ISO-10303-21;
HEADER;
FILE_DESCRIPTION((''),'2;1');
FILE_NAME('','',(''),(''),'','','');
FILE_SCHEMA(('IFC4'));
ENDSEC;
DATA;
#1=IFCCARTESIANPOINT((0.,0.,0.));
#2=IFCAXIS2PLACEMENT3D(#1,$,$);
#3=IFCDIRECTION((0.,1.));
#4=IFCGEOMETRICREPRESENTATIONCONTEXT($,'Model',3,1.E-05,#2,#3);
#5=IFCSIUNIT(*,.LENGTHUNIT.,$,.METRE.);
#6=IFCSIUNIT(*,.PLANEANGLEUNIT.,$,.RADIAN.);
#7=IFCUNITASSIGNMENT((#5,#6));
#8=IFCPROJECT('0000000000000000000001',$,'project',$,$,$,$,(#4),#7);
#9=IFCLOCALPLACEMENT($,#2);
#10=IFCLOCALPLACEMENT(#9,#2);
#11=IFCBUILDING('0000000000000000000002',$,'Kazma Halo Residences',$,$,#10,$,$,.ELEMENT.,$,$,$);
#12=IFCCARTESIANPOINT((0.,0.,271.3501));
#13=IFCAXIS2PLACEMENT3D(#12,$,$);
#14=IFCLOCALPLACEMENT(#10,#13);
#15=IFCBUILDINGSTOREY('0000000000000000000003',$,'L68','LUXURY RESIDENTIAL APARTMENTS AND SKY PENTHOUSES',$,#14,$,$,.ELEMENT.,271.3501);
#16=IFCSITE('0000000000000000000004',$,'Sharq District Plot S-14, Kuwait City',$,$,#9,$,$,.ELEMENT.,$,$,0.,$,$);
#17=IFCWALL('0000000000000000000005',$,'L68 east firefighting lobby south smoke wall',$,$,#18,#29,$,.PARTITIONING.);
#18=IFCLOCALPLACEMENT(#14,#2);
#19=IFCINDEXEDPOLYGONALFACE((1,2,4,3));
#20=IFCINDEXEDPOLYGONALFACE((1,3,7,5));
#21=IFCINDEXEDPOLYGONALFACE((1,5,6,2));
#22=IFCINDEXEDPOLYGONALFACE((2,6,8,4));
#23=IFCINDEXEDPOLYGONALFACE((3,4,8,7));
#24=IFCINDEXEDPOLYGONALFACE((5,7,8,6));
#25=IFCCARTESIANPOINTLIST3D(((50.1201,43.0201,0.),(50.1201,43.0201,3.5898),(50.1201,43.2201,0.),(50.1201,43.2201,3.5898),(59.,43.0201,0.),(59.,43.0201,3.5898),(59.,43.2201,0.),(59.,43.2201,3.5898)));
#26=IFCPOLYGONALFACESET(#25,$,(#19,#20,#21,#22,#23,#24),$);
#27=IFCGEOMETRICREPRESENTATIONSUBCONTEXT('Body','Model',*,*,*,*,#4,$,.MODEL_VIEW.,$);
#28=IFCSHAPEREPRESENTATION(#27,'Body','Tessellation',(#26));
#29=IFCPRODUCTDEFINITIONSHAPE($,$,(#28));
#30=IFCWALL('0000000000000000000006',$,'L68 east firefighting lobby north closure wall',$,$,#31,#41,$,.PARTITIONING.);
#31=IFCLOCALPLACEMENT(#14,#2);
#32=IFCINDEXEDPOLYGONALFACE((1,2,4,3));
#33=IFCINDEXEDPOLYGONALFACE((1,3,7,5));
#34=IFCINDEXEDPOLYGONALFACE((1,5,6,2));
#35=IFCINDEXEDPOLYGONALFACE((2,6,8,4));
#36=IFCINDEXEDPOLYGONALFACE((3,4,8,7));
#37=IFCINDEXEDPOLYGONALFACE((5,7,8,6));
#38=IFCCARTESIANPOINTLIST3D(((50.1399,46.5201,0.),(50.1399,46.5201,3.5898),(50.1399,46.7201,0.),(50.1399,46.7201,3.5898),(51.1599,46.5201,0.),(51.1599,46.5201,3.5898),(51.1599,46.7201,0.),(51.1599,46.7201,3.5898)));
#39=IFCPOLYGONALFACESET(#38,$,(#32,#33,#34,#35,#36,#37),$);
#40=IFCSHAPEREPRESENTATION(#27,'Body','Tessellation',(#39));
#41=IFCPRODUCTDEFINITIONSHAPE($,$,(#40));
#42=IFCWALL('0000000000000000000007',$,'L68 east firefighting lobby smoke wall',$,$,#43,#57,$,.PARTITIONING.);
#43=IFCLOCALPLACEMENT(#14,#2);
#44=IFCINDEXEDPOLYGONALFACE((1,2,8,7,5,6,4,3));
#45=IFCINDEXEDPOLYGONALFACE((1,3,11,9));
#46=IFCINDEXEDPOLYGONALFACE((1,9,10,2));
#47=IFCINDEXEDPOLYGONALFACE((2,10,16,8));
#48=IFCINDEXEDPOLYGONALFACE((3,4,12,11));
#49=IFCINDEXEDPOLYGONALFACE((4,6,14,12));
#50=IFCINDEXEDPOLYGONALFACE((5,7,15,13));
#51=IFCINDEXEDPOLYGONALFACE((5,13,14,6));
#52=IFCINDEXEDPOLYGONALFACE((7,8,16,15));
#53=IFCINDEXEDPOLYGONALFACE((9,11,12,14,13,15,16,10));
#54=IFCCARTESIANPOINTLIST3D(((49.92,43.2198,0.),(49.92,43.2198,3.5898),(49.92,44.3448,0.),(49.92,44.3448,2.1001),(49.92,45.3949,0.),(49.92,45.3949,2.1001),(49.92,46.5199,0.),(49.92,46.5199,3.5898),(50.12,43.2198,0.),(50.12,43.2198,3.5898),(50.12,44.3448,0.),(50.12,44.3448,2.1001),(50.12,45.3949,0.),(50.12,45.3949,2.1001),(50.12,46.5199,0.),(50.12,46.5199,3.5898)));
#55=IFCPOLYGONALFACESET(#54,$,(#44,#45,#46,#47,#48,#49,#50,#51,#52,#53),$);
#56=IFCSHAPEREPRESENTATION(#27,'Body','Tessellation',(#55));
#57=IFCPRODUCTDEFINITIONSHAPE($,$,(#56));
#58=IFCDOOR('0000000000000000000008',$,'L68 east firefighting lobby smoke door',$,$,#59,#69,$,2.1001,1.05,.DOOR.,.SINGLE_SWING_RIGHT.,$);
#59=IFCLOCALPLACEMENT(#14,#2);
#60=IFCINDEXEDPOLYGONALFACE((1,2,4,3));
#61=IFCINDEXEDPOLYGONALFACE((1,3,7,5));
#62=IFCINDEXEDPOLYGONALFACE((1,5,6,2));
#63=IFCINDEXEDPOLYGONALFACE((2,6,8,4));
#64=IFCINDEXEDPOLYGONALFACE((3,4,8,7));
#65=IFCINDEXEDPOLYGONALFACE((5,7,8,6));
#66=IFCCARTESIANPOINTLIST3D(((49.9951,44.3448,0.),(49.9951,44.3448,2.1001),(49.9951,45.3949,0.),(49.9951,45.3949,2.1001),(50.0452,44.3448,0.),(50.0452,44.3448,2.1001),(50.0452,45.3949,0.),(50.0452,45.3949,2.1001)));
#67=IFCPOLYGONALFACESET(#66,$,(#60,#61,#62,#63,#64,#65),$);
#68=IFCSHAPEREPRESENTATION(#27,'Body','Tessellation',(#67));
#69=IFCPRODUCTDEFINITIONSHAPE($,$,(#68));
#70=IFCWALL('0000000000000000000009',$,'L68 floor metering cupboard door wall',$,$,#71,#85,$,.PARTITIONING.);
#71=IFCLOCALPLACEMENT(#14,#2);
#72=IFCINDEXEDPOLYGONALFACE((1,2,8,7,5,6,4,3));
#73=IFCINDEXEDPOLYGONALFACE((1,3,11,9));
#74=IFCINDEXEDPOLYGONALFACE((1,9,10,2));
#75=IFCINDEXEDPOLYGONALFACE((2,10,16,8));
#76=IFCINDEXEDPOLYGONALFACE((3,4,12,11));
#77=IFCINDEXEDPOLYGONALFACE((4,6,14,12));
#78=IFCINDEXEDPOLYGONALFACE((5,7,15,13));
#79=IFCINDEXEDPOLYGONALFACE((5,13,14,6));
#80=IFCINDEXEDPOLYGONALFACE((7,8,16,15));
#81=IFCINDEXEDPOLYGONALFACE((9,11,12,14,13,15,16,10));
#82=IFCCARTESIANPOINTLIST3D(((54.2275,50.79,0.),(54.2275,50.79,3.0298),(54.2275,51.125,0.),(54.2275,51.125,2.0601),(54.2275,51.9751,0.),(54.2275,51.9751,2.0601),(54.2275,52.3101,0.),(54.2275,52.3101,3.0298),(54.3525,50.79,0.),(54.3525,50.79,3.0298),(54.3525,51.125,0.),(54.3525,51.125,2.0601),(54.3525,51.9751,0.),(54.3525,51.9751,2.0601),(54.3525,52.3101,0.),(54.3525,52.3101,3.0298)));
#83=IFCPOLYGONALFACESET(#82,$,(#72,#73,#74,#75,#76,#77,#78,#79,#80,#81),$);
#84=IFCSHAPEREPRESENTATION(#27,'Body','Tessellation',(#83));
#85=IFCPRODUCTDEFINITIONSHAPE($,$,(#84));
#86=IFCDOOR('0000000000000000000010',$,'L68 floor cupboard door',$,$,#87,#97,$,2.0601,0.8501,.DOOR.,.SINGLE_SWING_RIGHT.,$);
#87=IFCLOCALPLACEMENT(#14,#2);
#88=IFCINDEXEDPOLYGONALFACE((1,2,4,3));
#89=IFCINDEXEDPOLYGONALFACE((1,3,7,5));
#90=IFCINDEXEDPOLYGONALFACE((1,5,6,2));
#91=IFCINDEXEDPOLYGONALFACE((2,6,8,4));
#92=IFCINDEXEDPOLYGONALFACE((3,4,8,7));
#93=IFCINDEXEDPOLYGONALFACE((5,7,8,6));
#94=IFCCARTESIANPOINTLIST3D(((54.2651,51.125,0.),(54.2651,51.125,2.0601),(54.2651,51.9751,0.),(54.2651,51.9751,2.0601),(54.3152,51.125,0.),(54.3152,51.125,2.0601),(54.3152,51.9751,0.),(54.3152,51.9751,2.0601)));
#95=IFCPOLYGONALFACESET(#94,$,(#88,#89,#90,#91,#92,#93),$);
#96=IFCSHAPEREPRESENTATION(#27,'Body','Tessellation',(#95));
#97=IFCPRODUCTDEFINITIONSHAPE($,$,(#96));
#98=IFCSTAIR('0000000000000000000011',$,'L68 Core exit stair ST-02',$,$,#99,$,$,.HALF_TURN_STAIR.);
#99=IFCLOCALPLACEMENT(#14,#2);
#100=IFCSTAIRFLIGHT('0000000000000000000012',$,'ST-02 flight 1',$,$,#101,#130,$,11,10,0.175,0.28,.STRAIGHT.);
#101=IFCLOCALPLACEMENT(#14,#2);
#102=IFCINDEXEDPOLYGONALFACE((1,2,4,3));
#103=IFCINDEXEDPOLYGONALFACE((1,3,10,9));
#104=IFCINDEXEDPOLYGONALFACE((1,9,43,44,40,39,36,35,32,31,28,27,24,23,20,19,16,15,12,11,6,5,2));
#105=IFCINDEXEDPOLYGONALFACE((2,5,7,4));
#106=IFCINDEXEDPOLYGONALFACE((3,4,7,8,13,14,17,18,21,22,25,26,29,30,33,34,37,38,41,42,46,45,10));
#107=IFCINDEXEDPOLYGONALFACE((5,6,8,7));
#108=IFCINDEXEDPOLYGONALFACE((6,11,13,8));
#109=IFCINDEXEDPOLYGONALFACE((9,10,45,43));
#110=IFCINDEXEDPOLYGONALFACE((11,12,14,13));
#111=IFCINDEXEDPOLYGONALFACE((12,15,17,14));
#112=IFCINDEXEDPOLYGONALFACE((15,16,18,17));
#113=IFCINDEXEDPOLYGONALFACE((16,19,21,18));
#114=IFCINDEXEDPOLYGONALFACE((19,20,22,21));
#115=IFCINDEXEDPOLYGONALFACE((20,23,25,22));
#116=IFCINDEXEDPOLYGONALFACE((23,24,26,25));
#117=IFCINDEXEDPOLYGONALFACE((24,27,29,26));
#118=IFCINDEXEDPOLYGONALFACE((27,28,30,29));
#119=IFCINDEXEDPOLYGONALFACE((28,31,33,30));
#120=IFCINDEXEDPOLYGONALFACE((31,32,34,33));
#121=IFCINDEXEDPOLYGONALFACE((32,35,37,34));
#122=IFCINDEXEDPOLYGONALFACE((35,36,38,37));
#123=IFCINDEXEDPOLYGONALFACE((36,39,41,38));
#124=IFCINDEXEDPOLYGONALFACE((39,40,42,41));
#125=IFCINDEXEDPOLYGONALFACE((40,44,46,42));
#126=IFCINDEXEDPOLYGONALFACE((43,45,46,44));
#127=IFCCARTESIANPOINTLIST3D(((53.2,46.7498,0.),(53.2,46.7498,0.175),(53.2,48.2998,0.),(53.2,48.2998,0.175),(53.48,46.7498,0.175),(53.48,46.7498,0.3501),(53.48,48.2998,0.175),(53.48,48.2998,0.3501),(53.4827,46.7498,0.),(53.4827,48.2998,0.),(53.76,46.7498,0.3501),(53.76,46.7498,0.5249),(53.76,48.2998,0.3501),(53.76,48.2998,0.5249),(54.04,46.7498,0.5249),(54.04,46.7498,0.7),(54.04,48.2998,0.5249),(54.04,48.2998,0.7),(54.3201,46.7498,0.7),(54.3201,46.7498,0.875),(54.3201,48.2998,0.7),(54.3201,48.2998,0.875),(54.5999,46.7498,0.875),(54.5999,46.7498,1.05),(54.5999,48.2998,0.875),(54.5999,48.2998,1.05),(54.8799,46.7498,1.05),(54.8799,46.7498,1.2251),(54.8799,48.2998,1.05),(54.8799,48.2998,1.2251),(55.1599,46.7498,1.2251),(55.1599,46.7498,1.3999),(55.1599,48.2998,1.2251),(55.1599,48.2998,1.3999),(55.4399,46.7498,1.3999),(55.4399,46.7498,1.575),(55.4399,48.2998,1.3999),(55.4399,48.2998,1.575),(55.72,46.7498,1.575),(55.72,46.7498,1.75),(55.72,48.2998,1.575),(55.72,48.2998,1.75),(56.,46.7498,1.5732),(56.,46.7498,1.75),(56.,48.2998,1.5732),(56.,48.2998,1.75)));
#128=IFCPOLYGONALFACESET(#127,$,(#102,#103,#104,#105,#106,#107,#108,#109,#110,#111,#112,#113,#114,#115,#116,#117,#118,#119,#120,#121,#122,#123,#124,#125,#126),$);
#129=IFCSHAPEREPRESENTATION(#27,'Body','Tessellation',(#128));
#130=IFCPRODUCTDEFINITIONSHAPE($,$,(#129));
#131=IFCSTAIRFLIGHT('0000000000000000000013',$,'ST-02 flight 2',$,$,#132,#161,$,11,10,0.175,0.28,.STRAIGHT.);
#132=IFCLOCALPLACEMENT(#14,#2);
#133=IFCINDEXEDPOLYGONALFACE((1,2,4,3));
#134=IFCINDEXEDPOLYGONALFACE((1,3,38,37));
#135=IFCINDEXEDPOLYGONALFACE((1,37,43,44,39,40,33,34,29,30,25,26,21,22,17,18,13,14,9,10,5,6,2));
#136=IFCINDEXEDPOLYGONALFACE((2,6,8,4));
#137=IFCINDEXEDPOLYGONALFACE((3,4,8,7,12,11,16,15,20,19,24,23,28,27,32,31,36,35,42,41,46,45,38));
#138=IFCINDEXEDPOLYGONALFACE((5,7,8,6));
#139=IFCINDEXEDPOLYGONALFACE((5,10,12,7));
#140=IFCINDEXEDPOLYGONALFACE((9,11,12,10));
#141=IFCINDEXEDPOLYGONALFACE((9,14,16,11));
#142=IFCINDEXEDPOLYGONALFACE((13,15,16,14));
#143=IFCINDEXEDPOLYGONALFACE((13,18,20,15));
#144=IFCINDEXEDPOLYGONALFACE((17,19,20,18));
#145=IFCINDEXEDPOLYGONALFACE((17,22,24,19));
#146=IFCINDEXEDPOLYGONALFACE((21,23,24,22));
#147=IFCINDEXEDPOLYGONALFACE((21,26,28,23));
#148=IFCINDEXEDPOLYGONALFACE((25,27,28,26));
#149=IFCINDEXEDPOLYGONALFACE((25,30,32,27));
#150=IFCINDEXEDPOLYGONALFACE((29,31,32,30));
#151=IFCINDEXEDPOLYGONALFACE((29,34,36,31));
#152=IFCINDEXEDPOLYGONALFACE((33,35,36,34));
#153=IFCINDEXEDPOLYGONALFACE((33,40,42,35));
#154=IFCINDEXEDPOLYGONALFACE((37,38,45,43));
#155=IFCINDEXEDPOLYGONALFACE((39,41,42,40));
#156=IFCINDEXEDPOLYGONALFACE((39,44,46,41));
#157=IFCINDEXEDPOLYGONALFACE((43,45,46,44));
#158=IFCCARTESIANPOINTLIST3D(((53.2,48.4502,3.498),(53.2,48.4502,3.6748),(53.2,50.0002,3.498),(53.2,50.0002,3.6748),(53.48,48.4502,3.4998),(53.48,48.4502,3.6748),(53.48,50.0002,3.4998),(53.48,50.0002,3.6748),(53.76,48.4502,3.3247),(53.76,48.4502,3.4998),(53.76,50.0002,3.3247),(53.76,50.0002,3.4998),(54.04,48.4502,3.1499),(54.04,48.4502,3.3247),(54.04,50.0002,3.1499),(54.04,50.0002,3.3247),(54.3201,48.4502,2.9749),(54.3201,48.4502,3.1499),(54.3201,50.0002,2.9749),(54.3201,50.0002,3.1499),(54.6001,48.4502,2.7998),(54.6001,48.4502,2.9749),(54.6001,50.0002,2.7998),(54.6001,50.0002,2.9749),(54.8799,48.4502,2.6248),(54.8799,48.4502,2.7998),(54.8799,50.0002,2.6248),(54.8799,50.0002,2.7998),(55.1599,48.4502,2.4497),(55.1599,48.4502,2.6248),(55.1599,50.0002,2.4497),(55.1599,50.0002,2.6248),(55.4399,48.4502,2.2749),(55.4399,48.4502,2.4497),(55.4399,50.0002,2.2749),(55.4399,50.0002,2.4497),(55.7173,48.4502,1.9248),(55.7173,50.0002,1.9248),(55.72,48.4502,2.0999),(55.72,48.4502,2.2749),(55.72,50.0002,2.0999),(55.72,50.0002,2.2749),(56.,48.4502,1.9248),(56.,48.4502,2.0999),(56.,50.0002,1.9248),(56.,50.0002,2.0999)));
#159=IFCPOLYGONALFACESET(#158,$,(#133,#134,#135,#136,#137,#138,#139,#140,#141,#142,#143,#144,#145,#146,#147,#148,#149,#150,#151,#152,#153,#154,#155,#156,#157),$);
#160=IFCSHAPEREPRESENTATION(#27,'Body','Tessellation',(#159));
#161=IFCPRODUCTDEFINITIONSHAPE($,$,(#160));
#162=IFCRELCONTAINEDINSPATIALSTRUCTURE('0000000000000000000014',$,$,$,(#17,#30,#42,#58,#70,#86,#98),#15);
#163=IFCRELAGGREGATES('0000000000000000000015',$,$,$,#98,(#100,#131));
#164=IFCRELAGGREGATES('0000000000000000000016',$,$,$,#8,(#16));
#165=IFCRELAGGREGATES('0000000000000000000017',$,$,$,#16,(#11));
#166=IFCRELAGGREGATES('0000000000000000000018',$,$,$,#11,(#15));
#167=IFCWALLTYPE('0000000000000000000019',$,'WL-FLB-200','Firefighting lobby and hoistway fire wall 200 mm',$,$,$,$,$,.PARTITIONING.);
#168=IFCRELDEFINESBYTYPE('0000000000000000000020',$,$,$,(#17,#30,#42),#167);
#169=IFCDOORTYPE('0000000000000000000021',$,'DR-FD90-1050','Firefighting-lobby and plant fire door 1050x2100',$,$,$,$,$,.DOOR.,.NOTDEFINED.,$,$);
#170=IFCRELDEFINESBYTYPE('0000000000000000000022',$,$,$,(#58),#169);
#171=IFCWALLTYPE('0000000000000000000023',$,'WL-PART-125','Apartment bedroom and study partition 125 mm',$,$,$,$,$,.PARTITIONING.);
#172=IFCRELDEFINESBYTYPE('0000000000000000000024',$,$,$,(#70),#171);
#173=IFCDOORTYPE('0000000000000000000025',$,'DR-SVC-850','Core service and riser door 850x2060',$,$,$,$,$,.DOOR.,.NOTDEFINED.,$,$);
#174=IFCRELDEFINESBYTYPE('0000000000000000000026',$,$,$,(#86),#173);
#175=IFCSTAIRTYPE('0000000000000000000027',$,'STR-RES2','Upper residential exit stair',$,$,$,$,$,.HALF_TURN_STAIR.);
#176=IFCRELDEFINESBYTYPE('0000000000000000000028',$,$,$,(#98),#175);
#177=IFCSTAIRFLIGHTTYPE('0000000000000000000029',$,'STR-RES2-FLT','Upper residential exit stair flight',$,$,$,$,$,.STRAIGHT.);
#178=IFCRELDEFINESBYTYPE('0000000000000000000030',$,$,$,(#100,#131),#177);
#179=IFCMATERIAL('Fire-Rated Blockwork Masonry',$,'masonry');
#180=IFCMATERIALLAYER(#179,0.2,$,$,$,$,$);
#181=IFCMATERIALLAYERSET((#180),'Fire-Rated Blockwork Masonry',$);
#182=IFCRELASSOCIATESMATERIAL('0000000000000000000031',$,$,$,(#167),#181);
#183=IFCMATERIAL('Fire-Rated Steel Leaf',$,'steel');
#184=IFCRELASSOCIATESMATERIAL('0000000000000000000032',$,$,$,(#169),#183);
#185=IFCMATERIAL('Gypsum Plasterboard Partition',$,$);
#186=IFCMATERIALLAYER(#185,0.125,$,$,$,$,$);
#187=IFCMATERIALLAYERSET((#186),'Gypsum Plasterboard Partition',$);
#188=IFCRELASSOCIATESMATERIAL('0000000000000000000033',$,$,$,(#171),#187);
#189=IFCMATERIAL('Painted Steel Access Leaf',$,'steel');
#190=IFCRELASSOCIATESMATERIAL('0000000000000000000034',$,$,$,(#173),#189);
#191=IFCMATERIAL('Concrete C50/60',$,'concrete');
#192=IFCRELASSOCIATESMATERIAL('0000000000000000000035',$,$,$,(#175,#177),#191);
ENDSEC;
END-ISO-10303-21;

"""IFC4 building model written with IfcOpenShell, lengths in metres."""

from ifc_helpers import new_model, si_unit, direction, frame, frame_2d, origin, place, context, subcontext, project, spatial, polyline, rectangle, outline, extrude, material, layer, layer_set, type_object, element, fill, aggregate, save


model = new_model("IFC4")

# Units and contexts
model_context = context("Model", 3, precision=1e-05, world=origin(), true_north=direction((0.0, 1.0)))
body_context = subcontext(model_context, "Body", "Model", "MODEL_VIEW")
ifc_project = project(units=[si_unit("LENGTHUNIT", "METRE"), si_unit("PLANEANGLEUNIT", "RADIAN")], contexts=[model_context])

# Site, building, storey
site_placement = place(None, origin())
site = spatial("IfcSite", under=ifc_project, at=site_placement, Name="Sharq District Plot S-14, Kuwait City", CompositionType="ELEMENT", RefElevation=0.0)
building_placement = place(site_placement, origin())
building = spatial("IfcBuilding", under=site, at=building_placement, Name="Kazma Halo Residences", CompositionType="ELEMENT")
storey_placement = place(building_placement, frame((0.0, 0.0, 271.3501)))
storey = spatial("IfcBuildingStorey", under=building, at=storey_placement, Name="L68", Description="LUXURY RESIDENTIAL APARTMENTS AND SKY PENTHOUSES", CompositionType="ELEMENT", Elevation=271.3501)

# Shared definitions
ifc_material_1 = material(Name="Fire-Rated Blockwork Masonry", Category="masonry")
ifc_layer_1 = layer(ifc_material_1, 0.2)
ifc_layer_set_1 = layer_set([ifc_layer_1], Name="Fire-Rated Blockwork Masonry")
wall_type_1 = type_object("IfcWallType", Name="WL-FLB-200", Description="Firefighting lobby and hoistway fire wall 200 mm", PredefinedType="PARTITIONING", material=ifc_layer_set_1)

# Walls
wall_1_placement = place(storey_placement, frame((50.1201, 43.1201, 0.0), z_axis=(0.0, 0.0, 1.0), x_axis=(1.0, 0.0, 0.0)))
element("IfcWall", 1, at=wall_1_placement, inside=storey, type_object=wall_type_1, Name="L68 east firefighting lobby south smoke wall", PredefinedType="PARTITIONING", context=body_context, shape_type="SweptSolid", body=[
    extrude(rectangle(XDim=8.8799, YDim=0.2, at=frame_2d((4.4399, 0.0))), origin(), (0.0, 0.0, 1.0), 3.5898),
])
wall_2_placement = place(storey_placement, frame((50.1399, 46.6201, 0.0), z_axis=(0.0, 0.0, 1.0), x_axis=(1.0, 0.0, 0.0)))
element("IfcWall", 2, at=wall_2_placement, inside=storey, type_object=wall_type_1, Name="L68 east firefighting lobby north closure wall", PredefinedType="PARTITIONING", context=body_context, shape_type="SweptSolid", body=[
    extrude(rectangle(XDim=1.02, YDim=0.2, at=frame_2d((0.51, 0.0))), origin(), (0.0, 0.0, 1.0), 3.5898),
])

# Walls, openings, doors
wall_3_placement = place(storey_placement, frame((50.02, 43.22, 0.0), z_axis=(0.0, 0.0, 1.0), x_axis=(0.0, 1.0, 0.0)))
wall_3 = element("IfcWall", 3, at=wall_3_placement, inside=storey, type_object=wall_type_1, Name="L68 east firefighting lobby smoke wall", PredefinedType="PARTITIONING", context=body_context, shape_type="SweptSolid", body=[
    extrude(rectangle(XDim=3.3, YDim=0.2, at=frame_2d((1.6499, 0.0))), origin(), (0.0, 0.0, 1.0), 3.5898),
])
opening_1_placement = place(wall_3_placement, frame((1.125, 0.0, 0.0)))
opening_1 = element("IfcOpeningElement", 4, at=opening_1_placement, cuts=wall_3, PredefinedType="OPENING", context=body_context, shape_type="SweptSolid", body=[
    extrude(rectangle(XDim=1.05, YDim=2.1001, at=frame_2d((0.5249, 1.05))), frame((0.0, 0.1099, 0.0), z_axis=(0.0, -1.0, 0.0), x_axis=(1.0, 0.0, 0.0)), (0.0, 0.0, 1.0), 0.22),
])
ifc_material_2 = material(Name="Fire-Rated Steel Leaf", Category="steel")
door_type_1 = type_object("IfcDoorType", Name="DR-FD90-1050", Description="Firefighting-lobby and plant fire door 1050x2100", OperationType="NOTDEFINED", PredefinedType="DOOR", material=ifc_material_2)
door_1_placement = place(opening_1_placement, origin())
door_1 = element("IfcDoor", 5, at=door_1_placement, inside=storey, type_object=door_type_1, Name="L68 east firefighting lobby smoke door", OperationType="SINGLE_SWING_RIGHT", OverallHeight=2.1001, OverallWidth=1.05, PredefinedType="DOOR", context=body_context, shape_type="SweptSolid", body=[
    extrude(rectangle(XDim=1.05, YDim=2.1001, at=frame_2d((0.5249, 1.05))), frame((0.0, 0.0249, 0.0), z_axis=(0.0, -1.0, 0.0), x_axis=(1.0, 0.0, 0.0)), (0.0, 0.0, 1.0), 0.05),
])
fill(opening_1, door_1)
ifc_material_3 = material(Name="Gypsum Plasterboard Partition")
ifc_layer_2 = layer(ifc_material_3, 0.125)
ifc_layer_set_2 = layer_set([ifc_layer_2], Name="Gypsum Plasterboard Partition")
wall_type_2 = type_object("IfcWallType", Name="WL-PART-125", Description="Apartment bedroom and study partition 125 mm", PredefinedType="PARTITIONING", material=ifc_layer_set_2)
wall_4_placement = place(storey_placement, frame((54.29, 50.79, 0.0), z_axis=(0.0, 0.0, 1.0), x_axis=(0.0, 1.0, 0.0)))
wall_4 = element("IfcWall", 6, at=wall_4_placement, inside=storey, type_object=wall_type_2, Name="L68 floor metering cupboard door wall", PredefinedType="PARTITIONING", context=body_context, shape_type="SweptSolid", body=[
    extrude(rectangle(XDim=1.52, YDim=0.125, at=frame_2d((0.76, 0.0))), origin(), (0.0, 0.0, 1.0), 3.0298),
])
opening_2_placement = place(wall_4_placement, frame((0.335, 0.0, 0.0)))
opening_2 = element("IfcOpeningElement", 7, at=opening_2_placement, cuts=wall_4, PredefinedType="OPENING", context=body_context, shape_type="SweptSolid", body=[
    extrude(rectangle(XDim=0.8501, YDim=2.0601, at=frame_2d((0.425, 1.03))), frame((0.0, 0.0725, 0.0), z_axis=(0.0, -1.0, 0.0), x_axis=(1.0, 0.0, 0.0)), (0.0, 0.0, 1.0), 0.145),
])
ifc_material_4 = material(Name="Painted Steel Access Leaf", Category="steel")
door_type_2 = type_object("IfcDoorType", Name="DR-SVC-850", Description="Core service and riser door 850x2060", OperationType="NOTDEFINED", PredefinedType="DOOR", material=ifc_material_4)
door_2_placement = place(opening_2_placement, origin())
door_2 = element("IfcDoor", 8, at=door_2_placement, inside=storey, type_object=door_type_2, Name="L68 floor cupboard door", OperationType="SINGLE_SWING_RIGHT", OverallHeight=2.0601, OverallWidth=0.8501, PredefinedType="DOOR", context=body_context, shape_type="SweptSolid", body=[
    extrude(rectangle(XDim=0.8501, YDim=2.0601, at=frame_2d((0.425, 1.03))), frame((0.0, 0.0249, 0.0), z_axis=(0.0, -1.0, 0.0), x_axis=(1.0, 0.0, 0.0)), (0.0, 0.0, 1.0), 0.05),
])
fill(opening_2, door_2)
ifc_material_5 = material(Name="Concrete C50/60", Category="concrete")

# Stair, stair flights
stair_type = type_object("IfcStairType", Name="STR-RES2", Description="Upper residential exit stair", PredefinedType="HALF_TURN_STAIR", material=ifc_material_5)
stair_placement = place(storey_placement, origin())
stair = element("IfcStair", 9, at=stair_placement, inside=storey, type_object=stair_type, Name="L68 Core exit stair ST-02", PredefinedType="HALF_TURN_STAIR")
stair_flight_type = type_object("IfcStairFlightType", Name="STR-RES2-FLT", Description="Upper residential exit stair flight", PredefinedType="STRAIGHT", material=ifc_material_5)
stair_flight_1_placement = place(storey_placement, frame((53.2, 47.5249, 0.0), z_axis=(0.0, 0.0, 1.0), x_axis=(1.0, 0.0, 0.0)))
stair_flight_1 = element("IfcStairFlight", 10, at=stair_flight_1_placement, type_object=stair_flight_type, Name="ST-02 flight 1", NumberOfRisers=11, NumberOfTreads=10, PredefinedType="STRAIGHT", RiserHeight=0.175, TreadLength=0.28, context=body_context, shape_type="SweptSolid", body=[
    extrude(outline(polyline([(0.0, 0.0), (0.0, 0.175), (0.28, 0.175), (0.28, 0.3501), (0.5601, 0.3501), (0.5601, 0.5249), (0.8401, 0.5249), (0.8401, 0.7), (1.1201, 0.7), (1.1201, 0.875), (1.3999, 0.875), (1.3999, 1.05), (1.6799, 1.05), (1.6799, 1.2251), (1.96, 1.2251), (1.96, 1.3999), (2.24, 1.3999), (2.24, 1.575), (2.52, 1.575), (2.52, 1.75), (2.8, 1.75), (2.8, 1.925), (2.8, 1.5732), (0.2827, 0.0), (0.0, 0.0)])), frame((0.0, 0.7749, 0.0), z_axis=(0.0, -1.0, 0.0), x_axis=(1.0, 0.0, 0.0)), (0.0, 0.0, 1.0), 1.55),
])
stair_flight_2_placement = place(storey_placement, frame((56.0, 49.2251, 1.9248), z_axis=(0.0, 0.0, 1.0), x_axis=(-1.0, 0.0, 0.0)))
stair_flight_2 = element("IfcStairFlight", 11, at=stair_flight_2_placement, type_object=stair_flight_type, Name="ST-02 flight 2", NumberOfRisers=11, NumberOfTreads=10, PredefinedType="STRAIGHT", RiserHeight=0.175, TreadLength=0.28, context=body_context, shape_type="SweptSolid", body=[
    extrude(outline(polyline([(0.0, 0.0), (0.0, 0.175), (0.28, 0.175), (0.28, 0.3501), (0.5601, 0.3501), (0.5601, 0.5249), (0.8401, 0.5249), (0.8401, 0.7), (1.1201, 0.7), (1.1201, 0.875), (1.3999, 0.875), (1.3999, 1.05), (1.6799, 1.05), (1.6799, 1.2251), (1.96, 1.2251), (1.96, 1.3999), (2.24, 1.3999), (2.24, 1.575), (2.52, 1.575), (2.52, 1.75), (2.8, 1.75), (2.8, 1.925), (2.8, 1.5732), (0.2827, 0.0), (0.0, 0.0)])), frame((0.0, 0.7749, 0.0), z_axis=(0.0, -1.0, 0.0), x_axis=(1.0, 0.0, 0.0)), (0.0, 0.0, 1.0), 1.55),
])
aggregate(stair, [stair_flight_1, stair_flight_2])

save(model, "model.ifc")
